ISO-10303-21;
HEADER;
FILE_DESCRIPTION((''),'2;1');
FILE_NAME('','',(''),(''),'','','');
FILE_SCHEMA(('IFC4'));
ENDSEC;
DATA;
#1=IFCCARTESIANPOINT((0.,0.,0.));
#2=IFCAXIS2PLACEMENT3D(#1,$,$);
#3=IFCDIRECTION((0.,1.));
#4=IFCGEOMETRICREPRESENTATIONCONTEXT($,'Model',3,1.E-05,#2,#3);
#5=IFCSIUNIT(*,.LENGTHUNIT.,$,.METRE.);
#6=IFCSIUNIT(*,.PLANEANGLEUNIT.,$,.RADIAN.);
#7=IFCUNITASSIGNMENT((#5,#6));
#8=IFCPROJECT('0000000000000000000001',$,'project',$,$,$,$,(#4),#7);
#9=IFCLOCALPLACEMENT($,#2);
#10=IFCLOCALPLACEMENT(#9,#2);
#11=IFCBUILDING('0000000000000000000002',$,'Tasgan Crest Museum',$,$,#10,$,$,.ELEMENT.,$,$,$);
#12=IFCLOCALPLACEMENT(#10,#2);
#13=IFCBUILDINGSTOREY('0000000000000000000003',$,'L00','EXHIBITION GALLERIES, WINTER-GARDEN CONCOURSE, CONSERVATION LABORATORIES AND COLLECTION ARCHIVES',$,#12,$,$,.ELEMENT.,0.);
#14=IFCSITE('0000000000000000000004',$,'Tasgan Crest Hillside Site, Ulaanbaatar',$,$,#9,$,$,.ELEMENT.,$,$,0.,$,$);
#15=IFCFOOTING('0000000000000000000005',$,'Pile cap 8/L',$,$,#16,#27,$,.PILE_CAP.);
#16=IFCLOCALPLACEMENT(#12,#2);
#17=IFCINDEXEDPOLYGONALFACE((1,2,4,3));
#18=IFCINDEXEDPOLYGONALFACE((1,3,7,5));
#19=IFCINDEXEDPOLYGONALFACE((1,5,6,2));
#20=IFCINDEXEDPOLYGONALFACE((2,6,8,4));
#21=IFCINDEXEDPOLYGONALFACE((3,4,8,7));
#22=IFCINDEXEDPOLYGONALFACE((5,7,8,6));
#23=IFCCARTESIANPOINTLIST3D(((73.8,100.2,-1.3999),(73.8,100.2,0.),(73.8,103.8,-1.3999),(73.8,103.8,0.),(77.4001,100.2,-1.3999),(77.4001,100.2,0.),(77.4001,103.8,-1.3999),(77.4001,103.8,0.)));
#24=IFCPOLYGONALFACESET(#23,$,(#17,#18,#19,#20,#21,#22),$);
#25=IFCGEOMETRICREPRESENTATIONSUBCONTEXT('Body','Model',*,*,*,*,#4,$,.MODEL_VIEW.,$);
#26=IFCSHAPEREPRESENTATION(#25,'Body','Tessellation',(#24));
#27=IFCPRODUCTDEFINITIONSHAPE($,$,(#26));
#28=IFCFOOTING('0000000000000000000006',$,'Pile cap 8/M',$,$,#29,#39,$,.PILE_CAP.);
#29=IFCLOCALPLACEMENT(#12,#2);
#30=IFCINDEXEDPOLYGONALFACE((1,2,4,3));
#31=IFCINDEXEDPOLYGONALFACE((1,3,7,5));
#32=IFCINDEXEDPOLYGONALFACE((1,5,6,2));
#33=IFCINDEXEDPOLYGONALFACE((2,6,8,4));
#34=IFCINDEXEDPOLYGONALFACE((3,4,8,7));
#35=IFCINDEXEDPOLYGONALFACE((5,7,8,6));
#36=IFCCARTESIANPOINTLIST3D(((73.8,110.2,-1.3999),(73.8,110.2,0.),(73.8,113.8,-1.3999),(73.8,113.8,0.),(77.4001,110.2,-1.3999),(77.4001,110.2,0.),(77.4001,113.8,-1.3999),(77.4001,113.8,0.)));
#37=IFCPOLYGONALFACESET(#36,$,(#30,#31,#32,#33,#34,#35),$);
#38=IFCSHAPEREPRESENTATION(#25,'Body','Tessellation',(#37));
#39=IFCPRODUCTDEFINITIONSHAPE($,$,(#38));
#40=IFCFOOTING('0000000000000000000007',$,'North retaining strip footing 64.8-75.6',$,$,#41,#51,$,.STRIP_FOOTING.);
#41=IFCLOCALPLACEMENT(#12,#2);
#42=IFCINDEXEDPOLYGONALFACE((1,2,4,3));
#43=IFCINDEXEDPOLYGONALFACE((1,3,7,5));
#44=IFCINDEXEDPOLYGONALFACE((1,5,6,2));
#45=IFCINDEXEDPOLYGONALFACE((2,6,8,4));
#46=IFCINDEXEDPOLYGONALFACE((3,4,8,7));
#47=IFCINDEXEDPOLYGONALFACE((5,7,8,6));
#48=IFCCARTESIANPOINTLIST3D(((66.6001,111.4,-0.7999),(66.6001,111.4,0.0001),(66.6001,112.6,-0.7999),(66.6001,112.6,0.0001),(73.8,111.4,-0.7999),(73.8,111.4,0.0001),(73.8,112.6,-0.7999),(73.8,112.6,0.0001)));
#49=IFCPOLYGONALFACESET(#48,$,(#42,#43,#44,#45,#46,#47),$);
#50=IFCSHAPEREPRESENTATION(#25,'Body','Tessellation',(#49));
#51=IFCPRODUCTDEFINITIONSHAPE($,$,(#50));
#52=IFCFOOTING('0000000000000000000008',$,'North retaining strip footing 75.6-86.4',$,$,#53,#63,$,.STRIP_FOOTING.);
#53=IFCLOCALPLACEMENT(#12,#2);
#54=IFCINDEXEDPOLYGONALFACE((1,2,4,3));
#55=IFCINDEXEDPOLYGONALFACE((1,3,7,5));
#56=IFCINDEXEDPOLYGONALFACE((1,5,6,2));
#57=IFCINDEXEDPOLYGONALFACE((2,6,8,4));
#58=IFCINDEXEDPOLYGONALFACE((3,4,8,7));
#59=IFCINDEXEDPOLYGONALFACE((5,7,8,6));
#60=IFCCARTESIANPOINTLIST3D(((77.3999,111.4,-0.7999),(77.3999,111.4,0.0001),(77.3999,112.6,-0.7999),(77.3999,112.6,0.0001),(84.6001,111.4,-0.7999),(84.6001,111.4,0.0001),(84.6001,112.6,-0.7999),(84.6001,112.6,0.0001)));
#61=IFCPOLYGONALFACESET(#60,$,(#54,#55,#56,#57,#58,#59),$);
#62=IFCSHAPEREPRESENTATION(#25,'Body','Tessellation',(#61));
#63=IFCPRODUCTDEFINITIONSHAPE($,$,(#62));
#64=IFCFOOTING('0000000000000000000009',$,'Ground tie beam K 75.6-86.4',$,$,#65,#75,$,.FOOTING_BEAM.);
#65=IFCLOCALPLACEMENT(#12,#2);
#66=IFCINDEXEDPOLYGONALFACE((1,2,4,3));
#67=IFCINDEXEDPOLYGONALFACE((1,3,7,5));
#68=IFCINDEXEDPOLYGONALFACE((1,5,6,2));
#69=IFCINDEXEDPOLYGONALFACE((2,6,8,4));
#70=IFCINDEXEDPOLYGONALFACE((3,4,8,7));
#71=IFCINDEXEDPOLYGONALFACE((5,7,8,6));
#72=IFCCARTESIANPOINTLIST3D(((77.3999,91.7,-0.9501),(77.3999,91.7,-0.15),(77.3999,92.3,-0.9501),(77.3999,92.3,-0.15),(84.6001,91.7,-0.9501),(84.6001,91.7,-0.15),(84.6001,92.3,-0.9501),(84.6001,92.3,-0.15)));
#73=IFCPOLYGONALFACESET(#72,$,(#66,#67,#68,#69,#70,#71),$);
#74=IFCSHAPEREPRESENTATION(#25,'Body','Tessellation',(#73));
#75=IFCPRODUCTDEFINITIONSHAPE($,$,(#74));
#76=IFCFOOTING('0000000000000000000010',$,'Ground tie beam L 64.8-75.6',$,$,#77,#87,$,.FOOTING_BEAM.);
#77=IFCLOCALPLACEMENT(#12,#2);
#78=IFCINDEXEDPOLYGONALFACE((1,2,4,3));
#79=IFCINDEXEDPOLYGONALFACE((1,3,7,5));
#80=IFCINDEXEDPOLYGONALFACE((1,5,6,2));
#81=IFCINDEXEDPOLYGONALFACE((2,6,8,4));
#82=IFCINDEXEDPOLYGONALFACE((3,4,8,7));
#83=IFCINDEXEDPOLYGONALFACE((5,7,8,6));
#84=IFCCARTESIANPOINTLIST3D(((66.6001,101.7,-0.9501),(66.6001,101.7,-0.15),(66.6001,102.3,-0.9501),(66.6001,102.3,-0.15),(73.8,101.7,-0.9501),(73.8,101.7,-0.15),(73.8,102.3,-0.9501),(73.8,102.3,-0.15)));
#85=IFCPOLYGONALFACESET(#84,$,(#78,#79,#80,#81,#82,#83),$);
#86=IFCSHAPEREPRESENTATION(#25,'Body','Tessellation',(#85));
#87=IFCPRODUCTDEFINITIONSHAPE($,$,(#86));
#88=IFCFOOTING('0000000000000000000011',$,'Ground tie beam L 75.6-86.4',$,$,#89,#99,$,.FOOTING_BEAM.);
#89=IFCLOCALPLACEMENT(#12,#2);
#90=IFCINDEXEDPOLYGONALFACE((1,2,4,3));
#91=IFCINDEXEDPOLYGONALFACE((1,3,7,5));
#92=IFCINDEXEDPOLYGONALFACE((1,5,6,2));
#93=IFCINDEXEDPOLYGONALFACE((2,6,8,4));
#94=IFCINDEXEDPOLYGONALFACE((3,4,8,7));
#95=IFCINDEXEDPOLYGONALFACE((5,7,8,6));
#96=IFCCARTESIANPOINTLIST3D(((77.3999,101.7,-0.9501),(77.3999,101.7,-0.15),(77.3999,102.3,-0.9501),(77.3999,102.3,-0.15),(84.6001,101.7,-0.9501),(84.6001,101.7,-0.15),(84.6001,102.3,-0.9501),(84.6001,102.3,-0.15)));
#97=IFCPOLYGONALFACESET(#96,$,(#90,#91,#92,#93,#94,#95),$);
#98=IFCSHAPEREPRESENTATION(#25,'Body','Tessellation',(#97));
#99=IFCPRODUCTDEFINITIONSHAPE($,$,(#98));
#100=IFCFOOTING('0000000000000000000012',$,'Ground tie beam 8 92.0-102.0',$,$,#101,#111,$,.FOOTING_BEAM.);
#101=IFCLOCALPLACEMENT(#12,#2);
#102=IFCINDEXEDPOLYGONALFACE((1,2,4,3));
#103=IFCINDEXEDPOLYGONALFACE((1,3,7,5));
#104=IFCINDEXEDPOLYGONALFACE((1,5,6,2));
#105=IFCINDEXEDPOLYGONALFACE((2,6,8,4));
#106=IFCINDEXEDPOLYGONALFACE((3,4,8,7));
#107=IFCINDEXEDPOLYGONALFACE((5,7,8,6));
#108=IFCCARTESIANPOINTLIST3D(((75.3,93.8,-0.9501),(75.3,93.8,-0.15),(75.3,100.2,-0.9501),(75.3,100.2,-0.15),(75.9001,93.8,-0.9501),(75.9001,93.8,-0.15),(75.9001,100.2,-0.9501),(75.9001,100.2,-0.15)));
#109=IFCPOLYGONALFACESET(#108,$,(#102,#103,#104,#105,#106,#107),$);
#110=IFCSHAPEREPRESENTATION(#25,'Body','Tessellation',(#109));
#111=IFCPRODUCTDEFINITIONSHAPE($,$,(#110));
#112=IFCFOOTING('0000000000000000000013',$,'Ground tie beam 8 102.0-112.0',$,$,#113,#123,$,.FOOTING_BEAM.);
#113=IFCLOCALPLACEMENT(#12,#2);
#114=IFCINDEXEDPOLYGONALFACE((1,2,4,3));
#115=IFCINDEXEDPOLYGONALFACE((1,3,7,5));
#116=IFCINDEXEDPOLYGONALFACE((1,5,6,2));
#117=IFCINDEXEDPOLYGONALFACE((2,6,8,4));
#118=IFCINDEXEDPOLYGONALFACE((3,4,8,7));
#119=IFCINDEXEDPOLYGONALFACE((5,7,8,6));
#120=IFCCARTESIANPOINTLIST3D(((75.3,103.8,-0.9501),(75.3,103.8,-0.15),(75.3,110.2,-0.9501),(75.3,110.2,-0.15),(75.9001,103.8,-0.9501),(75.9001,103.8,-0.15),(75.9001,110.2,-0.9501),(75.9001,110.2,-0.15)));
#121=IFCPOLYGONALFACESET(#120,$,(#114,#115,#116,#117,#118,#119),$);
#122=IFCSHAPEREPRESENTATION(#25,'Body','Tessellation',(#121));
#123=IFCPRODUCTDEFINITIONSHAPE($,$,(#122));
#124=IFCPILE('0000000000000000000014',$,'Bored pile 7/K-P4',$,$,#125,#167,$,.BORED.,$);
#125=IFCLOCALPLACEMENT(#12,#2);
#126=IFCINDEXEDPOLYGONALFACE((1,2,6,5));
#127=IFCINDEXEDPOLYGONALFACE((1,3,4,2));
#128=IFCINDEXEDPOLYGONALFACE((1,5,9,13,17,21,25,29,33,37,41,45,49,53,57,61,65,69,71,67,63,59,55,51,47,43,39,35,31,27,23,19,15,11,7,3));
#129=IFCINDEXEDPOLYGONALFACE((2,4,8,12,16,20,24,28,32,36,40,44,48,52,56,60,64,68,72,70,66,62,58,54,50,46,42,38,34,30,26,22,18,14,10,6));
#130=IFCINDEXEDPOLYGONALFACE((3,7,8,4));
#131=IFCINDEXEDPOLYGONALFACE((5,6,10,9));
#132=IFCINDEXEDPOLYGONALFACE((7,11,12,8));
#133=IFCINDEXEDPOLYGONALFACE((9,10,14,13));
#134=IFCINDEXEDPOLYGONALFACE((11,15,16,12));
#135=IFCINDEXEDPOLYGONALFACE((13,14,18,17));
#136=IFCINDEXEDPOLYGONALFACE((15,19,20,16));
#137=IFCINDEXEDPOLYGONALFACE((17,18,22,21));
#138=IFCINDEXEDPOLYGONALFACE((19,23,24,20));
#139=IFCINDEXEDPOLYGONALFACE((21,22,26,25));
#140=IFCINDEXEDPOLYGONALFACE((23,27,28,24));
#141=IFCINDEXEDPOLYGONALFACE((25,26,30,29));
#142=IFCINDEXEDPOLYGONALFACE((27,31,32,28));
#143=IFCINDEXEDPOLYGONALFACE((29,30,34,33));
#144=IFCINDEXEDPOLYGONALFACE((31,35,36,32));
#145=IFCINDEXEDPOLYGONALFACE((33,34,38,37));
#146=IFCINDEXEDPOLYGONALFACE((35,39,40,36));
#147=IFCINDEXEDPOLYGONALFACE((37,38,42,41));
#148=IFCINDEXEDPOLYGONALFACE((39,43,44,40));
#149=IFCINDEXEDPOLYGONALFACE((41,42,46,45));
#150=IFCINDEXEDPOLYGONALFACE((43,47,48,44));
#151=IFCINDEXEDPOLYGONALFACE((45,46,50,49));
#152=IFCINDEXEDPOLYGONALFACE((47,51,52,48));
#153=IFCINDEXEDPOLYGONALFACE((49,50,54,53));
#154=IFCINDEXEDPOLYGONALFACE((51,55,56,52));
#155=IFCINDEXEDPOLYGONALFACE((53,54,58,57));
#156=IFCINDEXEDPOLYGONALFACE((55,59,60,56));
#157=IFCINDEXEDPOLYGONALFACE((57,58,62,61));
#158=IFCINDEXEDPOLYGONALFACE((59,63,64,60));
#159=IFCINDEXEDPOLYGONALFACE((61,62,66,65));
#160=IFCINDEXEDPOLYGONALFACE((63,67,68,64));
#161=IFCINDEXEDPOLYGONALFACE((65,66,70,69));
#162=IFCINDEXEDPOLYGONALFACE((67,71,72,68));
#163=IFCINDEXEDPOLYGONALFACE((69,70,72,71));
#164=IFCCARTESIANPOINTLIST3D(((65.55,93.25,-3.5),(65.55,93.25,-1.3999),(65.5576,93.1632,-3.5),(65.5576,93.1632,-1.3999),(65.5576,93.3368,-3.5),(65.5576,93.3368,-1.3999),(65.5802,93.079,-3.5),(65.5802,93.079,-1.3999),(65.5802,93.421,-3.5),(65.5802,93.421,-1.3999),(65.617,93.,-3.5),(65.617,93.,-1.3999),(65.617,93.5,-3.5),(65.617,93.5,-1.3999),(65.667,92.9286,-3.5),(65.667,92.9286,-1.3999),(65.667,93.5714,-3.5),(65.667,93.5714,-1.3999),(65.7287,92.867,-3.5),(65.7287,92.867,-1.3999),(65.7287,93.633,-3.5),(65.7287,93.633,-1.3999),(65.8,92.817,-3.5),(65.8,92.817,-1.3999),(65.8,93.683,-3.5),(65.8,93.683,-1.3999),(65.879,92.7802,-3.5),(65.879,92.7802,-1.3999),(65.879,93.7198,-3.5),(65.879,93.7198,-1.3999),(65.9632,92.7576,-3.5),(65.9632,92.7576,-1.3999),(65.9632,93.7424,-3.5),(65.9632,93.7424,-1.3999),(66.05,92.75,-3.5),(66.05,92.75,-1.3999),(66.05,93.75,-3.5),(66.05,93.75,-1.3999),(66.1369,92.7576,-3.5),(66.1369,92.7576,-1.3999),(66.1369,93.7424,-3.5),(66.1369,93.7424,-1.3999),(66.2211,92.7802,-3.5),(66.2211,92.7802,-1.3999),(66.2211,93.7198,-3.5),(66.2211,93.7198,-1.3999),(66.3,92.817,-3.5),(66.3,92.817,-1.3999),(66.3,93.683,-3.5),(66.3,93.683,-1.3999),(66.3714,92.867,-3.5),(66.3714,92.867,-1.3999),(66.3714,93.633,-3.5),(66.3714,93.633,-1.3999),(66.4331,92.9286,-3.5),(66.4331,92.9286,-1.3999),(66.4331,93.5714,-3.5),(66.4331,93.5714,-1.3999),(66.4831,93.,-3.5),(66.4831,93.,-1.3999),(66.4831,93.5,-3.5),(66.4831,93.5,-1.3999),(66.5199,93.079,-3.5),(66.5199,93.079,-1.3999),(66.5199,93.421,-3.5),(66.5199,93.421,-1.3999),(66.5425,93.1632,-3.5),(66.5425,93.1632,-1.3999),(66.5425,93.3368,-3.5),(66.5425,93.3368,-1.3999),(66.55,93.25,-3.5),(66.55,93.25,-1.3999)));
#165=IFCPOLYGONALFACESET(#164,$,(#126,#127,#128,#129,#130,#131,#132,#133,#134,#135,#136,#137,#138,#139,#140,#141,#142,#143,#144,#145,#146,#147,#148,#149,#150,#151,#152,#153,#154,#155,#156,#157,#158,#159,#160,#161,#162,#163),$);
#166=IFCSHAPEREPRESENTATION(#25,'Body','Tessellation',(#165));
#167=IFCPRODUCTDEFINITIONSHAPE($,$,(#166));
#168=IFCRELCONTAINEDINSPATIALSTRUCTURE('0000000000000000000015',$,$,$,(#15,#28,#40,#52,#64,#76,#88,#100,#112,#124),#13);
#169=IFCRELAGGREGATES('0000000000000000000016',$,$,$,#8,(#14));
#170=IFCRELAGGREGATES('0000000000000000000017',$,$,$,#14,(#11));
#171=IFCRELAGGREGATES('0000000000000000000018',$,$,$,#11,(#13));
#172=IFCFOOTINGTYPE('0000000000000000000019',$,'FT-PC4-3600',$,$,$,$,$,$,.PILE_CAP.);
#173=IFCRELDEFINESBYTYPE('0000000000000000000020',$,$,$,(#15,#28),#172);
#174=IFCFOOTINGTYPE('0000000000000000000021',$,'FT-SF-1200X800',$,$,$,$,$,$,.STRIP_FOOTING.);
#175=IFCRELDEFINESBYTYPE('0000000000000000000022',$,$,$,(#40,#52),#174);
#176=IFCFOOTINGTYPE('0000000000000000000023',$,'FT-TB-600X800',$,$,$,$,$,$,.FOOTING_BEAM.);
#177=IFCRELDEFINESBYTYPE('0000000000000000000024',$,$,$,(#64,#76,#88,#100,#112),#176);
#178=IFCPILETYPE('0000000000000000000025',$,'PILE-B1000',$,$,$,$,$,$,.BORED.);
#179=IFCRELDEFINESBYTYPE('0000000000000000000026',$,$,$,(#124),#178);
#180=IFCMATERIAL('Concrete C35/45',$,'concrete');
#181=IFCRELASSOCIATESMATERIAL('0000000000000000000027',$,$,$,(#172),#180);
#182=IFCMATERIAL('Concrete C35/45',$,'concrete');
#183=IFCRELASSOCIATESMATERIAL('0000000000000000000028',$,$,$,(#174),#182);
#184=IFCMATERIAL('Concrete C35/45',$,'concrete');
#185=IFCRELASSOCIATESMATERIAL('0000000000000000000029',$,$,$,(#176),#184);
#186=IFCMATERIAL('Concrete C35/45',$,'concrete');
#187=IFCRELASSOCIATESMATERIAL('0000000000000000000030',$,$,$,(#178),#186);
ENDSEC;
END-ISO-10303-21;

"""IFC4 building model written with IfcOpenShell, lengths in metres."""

from ifc_helpers import new_model, si_unit, direction, frame, origin, origin_2d, place, context, subcontext, project, spatial, rectangle, circle, extrude, material, material_profile, profile_set, type_object, element, save


model = new_model("IFC4")

# Units and contexts
model_context = context("Model", 3, precision=1e-05, world=origin(), true_north=direction((0.0, 1.0)))
body_context = subcontext(model_context, "Body", "Model", "MODEL_VIEW")
ifc_project = project(units=[si_unit("LENGTHUNIT", "METRE"), si_unit("PLANEANGLEUNIT", "RADIAN")], contexts=[model_context])

# Site, building, storey
site_placement = place(None, origin())
site = spatial("IfcSite", under=ifc_project, at=site_placement, Name="Tasgan Crest Hillside Site, Ulaanbaatar", CompositionType="ELEMENT", RefElevation=0.0)
building_placement = place(site_placement, origin())
building = spatial("IfcBuilding", under=site, at=building_placement, Name="Tasgan Crest Museum", CompositionType="ELEMENT")
storey_placement = place(building_placement, origin())
storey = spatial("IfcBuildingStorey", under=building, at=storey_placement, Name="L00", Description="EXHIBITION GALLERIES, WINTER-GARDEN CONCOURSE, CONSERVATION LABORATORIES AND COLLECTION ARCHIVES", CompositionType="ELEMENT", Elevation=0.0)

# Footings
ifc_material_1 = material(Name="Concrete C35/45", Category="concrete")
footing_type_1 = type_object("IfcFootingType", Name="FT-PC4-3600", PredefinedType="PILE_CAP", material=ifc_material_1)
for number, where, z_axis, x_axis, name in (
    (1, (75.6001, 102.0, -1.3999), (0.0, 0.0, 1.0), (1.0, 0.0, 0.0), "Pile cap 8/L"),
    (2, (75.6001, 112.0, -1.3999), (0.0, 0.0, 1.0), (1.0, 0.0, 0.0), "Pile cap 8/M"),
):
    element("IfcFooting", number, at=place(storey_placement, frame(where, z_axis=z_axis, x_axis=x_axis)), inside=storey, type_object=footing_type_1, Name=name, PredefinedType="PILE_CAP", context=body_context, shape_type="SweptSolid", body=[
        extrude(rectangle(XDim=3.6001, YDim=3.6001, at=origin_2d()), origin(), (0.0, 0.0, 1.0), 1.3999),
    ])
ifc_material_2 = material(Name="Concrete C35/45", Category="concrete")
ifc_material_profile_1 = material_profile(ifc_material_2, rectangle(XDim=1.2, YDim=0.8, at=origin_2d()), Name="SF 1200x800")
ifc_profile_set_1 = profile_set([ifc_material_profile_1], Name="Concrete C35/45")
footing_type_2 = type_object("IfcFootingType", Name="FT-SF-1200X800", PredefinedType="STRIP_FOOTING", material=ifc_profile_set_1)
footing_1_placement = place(storey_placement, frame((66.6001, 112.0, -0.3999), z_axis=(1.0, 0.0, 0.0), x_axis=(0.0, 1.0, 0.0)))
element("IfcFooting", 3, at=footing_1_placement, inside=storey, type_object=footing_type_2, Name="North retaining strip footing 64.8-75.6", PredefinedType="STRIP_FOOTING", context=body_context, shape_type="SweptSolid", body=[
    extrude(rectangle(XDim=1.2, YDim=0.8, at=origin_2d()), origin(), (0.0, 0.0, 1.0), 7.2),
])
footing_2_placement = place(storey_placement, frame((77.3999, 112.0, -0.3999), z_axis=(1.0, 0.0, 0.0), x_axis=(0.0, 1.0, 0.0)))
element("IfcFooting", 4, at=footing_2_placement, inside=storey, type_object=footing_type_2, Name="North retaining strip footing 75.6-86.4", PredefinedType="STRIP_FOOTING", context=body_context, shape_type="SweptSolid", body=[
    extrude(rectangle(XDim=1.2, YDim=0.8, at=origin_2d()), origin(), (0.0, 0.0, 1.0), 7.2002),
])
ifc_material_3 = material(Name="Concrete C35/45", Category="concrete")
ifc_material_profile_2 = material_profile(ifc_material_3, rectangle(XDim=0.6001, YDim=0.8, at=origin_2d()), Name="TB 600x800")
ifc_profile_set_2 = profile_set([ifc_material_profile_2], Name="Concrete C35/45")
footing_type_3 = type_object("IfcFootingType", Name="FT-TB-600X800", PredefinedType="FOOTING_BEAM", material=ifc_profile_set_2)
footing_3_placement = place(storey_placement, frame((77.3999, 92.0, -0.55), z_axis=(1.0, 0.0, 0.0), x_axis=(0.0, 1.0, 0.0)))
element("IfcFooting", 5, at=footing_3_placement, inside=storey, type_object=footing_type_3, Name="Ground tie beam K 75.6-86.4", PredefinedType="FOOTING_BEAM", context=body_context, shape_type="SweptSolid", body=[
    extrude(rectangle(XDim=0.6001, YDim=0.8, at=origin_2d()), origin(), (0.0, 0.0, 1.0), 7.2002),
])
footing_4_placement = place(storey_placement, frame((66.6001, 102.0, -0.55), z_axis=(1.0, 0.0, 0.0), x_axis=(0.0, 1.0, 0.0)))
element("IfcFooting", 6, at=footing_4_placement, inside=storey, type_object=footing_type_3, Name="Ground tie beam L 64.8-75.6", PredefinedType="FOOTING_BEAM", context=body_context, shape_type="SweptSolid", body=[
    extrude(rectangle(XDim=0.6001, YDim=0.8, at=origin_2d()), origin(), (0.0, 0.0, 1.0), 7.2),
])
footing_5_placement = place(storey_placement, frame((77.3999, 102.0, -0.55), z_axis=(1.0, 0.0, 0.0), x_axis=(0.0, 1.0, 0.0)))
element("IfcFooting", 7, at=footing_5_placement, inside=storey, type_object=footing_type_3, Name="Ground tie beam L 75.6-86.4", PredefinedType="FOOTING_BEAM", context=body_context, shape_type="SweptSolid", body=[
    extrude(rectangle(XDim=0.6001, YDim=0.8, at=origin_2d()), origin(), (0.0, 0.0, 1.0), 7.2002),
])
for number, where, z_axis, x_axis, name in (
    (8, (75.6001, 93.8, -0.55), (0.0, 1.0, 0.0), (-1.0, 0.0, 0.0), "Ground tie beam 8 92.0-102.0"),
    (9, (75.6001, 103.8, -0.55), (0.0, 1.0, 0.0), (-1.0, 0.0, 0.0), "Ground tie beam 8 102.0-112.0"),
):
    element("IfcFooting", number, at=place(storey_placement, frame(where, z_axis=z_axis, x_axis=x_axis)), inside=storey, type_object=footing_type_3, Name=name, PredefinedType="FOOTING_BEAM", context=body_context, shape_type="SweptSolid", body=[
        extrude(rectangle(XDim=0.6001, YDim=0.8, at=origin_2d()), origin(), (0.0, 0.0, 1.0), 6.3999),
    ])

# Pile
ifc_material_4 = material(Name="Concrete C35/45", Category="concrete")
ifc_material_profile_3 = material_profile(ifc_material_4, circle(Radius=0.5, at=origin_2d()), Name="PILE D1000")
ifc_profile_set_3 = profile_set([ifc_material_profile_3], Name="Concrete C35/45")
pile_type_1 = type_object("IfcPileType", Name="PILE-B1000", PredefinedType="BORED", material=ifc_profile_set_3)
pile_placement = place(storey_placement, frame((66.05, 93.25, -1.3999), z_axis=(0.0, 0.0, -1.0), x_axis=(1.0, 0.0, 0.0)))
element("IfcPile", 10, at=pile_placement, inside=storey, type_object=pile_type_1, Name="Bored pile 7/K-P4", PredefinedType="BORED", context=body_context, shape_type="SweptSolid", body=[
    extrude(circle(Radius=0.5, at=origin_2d()), origin(), (0.0, 0.0, 1.0), 2.1001),
])

save(model, "model.ifc")
